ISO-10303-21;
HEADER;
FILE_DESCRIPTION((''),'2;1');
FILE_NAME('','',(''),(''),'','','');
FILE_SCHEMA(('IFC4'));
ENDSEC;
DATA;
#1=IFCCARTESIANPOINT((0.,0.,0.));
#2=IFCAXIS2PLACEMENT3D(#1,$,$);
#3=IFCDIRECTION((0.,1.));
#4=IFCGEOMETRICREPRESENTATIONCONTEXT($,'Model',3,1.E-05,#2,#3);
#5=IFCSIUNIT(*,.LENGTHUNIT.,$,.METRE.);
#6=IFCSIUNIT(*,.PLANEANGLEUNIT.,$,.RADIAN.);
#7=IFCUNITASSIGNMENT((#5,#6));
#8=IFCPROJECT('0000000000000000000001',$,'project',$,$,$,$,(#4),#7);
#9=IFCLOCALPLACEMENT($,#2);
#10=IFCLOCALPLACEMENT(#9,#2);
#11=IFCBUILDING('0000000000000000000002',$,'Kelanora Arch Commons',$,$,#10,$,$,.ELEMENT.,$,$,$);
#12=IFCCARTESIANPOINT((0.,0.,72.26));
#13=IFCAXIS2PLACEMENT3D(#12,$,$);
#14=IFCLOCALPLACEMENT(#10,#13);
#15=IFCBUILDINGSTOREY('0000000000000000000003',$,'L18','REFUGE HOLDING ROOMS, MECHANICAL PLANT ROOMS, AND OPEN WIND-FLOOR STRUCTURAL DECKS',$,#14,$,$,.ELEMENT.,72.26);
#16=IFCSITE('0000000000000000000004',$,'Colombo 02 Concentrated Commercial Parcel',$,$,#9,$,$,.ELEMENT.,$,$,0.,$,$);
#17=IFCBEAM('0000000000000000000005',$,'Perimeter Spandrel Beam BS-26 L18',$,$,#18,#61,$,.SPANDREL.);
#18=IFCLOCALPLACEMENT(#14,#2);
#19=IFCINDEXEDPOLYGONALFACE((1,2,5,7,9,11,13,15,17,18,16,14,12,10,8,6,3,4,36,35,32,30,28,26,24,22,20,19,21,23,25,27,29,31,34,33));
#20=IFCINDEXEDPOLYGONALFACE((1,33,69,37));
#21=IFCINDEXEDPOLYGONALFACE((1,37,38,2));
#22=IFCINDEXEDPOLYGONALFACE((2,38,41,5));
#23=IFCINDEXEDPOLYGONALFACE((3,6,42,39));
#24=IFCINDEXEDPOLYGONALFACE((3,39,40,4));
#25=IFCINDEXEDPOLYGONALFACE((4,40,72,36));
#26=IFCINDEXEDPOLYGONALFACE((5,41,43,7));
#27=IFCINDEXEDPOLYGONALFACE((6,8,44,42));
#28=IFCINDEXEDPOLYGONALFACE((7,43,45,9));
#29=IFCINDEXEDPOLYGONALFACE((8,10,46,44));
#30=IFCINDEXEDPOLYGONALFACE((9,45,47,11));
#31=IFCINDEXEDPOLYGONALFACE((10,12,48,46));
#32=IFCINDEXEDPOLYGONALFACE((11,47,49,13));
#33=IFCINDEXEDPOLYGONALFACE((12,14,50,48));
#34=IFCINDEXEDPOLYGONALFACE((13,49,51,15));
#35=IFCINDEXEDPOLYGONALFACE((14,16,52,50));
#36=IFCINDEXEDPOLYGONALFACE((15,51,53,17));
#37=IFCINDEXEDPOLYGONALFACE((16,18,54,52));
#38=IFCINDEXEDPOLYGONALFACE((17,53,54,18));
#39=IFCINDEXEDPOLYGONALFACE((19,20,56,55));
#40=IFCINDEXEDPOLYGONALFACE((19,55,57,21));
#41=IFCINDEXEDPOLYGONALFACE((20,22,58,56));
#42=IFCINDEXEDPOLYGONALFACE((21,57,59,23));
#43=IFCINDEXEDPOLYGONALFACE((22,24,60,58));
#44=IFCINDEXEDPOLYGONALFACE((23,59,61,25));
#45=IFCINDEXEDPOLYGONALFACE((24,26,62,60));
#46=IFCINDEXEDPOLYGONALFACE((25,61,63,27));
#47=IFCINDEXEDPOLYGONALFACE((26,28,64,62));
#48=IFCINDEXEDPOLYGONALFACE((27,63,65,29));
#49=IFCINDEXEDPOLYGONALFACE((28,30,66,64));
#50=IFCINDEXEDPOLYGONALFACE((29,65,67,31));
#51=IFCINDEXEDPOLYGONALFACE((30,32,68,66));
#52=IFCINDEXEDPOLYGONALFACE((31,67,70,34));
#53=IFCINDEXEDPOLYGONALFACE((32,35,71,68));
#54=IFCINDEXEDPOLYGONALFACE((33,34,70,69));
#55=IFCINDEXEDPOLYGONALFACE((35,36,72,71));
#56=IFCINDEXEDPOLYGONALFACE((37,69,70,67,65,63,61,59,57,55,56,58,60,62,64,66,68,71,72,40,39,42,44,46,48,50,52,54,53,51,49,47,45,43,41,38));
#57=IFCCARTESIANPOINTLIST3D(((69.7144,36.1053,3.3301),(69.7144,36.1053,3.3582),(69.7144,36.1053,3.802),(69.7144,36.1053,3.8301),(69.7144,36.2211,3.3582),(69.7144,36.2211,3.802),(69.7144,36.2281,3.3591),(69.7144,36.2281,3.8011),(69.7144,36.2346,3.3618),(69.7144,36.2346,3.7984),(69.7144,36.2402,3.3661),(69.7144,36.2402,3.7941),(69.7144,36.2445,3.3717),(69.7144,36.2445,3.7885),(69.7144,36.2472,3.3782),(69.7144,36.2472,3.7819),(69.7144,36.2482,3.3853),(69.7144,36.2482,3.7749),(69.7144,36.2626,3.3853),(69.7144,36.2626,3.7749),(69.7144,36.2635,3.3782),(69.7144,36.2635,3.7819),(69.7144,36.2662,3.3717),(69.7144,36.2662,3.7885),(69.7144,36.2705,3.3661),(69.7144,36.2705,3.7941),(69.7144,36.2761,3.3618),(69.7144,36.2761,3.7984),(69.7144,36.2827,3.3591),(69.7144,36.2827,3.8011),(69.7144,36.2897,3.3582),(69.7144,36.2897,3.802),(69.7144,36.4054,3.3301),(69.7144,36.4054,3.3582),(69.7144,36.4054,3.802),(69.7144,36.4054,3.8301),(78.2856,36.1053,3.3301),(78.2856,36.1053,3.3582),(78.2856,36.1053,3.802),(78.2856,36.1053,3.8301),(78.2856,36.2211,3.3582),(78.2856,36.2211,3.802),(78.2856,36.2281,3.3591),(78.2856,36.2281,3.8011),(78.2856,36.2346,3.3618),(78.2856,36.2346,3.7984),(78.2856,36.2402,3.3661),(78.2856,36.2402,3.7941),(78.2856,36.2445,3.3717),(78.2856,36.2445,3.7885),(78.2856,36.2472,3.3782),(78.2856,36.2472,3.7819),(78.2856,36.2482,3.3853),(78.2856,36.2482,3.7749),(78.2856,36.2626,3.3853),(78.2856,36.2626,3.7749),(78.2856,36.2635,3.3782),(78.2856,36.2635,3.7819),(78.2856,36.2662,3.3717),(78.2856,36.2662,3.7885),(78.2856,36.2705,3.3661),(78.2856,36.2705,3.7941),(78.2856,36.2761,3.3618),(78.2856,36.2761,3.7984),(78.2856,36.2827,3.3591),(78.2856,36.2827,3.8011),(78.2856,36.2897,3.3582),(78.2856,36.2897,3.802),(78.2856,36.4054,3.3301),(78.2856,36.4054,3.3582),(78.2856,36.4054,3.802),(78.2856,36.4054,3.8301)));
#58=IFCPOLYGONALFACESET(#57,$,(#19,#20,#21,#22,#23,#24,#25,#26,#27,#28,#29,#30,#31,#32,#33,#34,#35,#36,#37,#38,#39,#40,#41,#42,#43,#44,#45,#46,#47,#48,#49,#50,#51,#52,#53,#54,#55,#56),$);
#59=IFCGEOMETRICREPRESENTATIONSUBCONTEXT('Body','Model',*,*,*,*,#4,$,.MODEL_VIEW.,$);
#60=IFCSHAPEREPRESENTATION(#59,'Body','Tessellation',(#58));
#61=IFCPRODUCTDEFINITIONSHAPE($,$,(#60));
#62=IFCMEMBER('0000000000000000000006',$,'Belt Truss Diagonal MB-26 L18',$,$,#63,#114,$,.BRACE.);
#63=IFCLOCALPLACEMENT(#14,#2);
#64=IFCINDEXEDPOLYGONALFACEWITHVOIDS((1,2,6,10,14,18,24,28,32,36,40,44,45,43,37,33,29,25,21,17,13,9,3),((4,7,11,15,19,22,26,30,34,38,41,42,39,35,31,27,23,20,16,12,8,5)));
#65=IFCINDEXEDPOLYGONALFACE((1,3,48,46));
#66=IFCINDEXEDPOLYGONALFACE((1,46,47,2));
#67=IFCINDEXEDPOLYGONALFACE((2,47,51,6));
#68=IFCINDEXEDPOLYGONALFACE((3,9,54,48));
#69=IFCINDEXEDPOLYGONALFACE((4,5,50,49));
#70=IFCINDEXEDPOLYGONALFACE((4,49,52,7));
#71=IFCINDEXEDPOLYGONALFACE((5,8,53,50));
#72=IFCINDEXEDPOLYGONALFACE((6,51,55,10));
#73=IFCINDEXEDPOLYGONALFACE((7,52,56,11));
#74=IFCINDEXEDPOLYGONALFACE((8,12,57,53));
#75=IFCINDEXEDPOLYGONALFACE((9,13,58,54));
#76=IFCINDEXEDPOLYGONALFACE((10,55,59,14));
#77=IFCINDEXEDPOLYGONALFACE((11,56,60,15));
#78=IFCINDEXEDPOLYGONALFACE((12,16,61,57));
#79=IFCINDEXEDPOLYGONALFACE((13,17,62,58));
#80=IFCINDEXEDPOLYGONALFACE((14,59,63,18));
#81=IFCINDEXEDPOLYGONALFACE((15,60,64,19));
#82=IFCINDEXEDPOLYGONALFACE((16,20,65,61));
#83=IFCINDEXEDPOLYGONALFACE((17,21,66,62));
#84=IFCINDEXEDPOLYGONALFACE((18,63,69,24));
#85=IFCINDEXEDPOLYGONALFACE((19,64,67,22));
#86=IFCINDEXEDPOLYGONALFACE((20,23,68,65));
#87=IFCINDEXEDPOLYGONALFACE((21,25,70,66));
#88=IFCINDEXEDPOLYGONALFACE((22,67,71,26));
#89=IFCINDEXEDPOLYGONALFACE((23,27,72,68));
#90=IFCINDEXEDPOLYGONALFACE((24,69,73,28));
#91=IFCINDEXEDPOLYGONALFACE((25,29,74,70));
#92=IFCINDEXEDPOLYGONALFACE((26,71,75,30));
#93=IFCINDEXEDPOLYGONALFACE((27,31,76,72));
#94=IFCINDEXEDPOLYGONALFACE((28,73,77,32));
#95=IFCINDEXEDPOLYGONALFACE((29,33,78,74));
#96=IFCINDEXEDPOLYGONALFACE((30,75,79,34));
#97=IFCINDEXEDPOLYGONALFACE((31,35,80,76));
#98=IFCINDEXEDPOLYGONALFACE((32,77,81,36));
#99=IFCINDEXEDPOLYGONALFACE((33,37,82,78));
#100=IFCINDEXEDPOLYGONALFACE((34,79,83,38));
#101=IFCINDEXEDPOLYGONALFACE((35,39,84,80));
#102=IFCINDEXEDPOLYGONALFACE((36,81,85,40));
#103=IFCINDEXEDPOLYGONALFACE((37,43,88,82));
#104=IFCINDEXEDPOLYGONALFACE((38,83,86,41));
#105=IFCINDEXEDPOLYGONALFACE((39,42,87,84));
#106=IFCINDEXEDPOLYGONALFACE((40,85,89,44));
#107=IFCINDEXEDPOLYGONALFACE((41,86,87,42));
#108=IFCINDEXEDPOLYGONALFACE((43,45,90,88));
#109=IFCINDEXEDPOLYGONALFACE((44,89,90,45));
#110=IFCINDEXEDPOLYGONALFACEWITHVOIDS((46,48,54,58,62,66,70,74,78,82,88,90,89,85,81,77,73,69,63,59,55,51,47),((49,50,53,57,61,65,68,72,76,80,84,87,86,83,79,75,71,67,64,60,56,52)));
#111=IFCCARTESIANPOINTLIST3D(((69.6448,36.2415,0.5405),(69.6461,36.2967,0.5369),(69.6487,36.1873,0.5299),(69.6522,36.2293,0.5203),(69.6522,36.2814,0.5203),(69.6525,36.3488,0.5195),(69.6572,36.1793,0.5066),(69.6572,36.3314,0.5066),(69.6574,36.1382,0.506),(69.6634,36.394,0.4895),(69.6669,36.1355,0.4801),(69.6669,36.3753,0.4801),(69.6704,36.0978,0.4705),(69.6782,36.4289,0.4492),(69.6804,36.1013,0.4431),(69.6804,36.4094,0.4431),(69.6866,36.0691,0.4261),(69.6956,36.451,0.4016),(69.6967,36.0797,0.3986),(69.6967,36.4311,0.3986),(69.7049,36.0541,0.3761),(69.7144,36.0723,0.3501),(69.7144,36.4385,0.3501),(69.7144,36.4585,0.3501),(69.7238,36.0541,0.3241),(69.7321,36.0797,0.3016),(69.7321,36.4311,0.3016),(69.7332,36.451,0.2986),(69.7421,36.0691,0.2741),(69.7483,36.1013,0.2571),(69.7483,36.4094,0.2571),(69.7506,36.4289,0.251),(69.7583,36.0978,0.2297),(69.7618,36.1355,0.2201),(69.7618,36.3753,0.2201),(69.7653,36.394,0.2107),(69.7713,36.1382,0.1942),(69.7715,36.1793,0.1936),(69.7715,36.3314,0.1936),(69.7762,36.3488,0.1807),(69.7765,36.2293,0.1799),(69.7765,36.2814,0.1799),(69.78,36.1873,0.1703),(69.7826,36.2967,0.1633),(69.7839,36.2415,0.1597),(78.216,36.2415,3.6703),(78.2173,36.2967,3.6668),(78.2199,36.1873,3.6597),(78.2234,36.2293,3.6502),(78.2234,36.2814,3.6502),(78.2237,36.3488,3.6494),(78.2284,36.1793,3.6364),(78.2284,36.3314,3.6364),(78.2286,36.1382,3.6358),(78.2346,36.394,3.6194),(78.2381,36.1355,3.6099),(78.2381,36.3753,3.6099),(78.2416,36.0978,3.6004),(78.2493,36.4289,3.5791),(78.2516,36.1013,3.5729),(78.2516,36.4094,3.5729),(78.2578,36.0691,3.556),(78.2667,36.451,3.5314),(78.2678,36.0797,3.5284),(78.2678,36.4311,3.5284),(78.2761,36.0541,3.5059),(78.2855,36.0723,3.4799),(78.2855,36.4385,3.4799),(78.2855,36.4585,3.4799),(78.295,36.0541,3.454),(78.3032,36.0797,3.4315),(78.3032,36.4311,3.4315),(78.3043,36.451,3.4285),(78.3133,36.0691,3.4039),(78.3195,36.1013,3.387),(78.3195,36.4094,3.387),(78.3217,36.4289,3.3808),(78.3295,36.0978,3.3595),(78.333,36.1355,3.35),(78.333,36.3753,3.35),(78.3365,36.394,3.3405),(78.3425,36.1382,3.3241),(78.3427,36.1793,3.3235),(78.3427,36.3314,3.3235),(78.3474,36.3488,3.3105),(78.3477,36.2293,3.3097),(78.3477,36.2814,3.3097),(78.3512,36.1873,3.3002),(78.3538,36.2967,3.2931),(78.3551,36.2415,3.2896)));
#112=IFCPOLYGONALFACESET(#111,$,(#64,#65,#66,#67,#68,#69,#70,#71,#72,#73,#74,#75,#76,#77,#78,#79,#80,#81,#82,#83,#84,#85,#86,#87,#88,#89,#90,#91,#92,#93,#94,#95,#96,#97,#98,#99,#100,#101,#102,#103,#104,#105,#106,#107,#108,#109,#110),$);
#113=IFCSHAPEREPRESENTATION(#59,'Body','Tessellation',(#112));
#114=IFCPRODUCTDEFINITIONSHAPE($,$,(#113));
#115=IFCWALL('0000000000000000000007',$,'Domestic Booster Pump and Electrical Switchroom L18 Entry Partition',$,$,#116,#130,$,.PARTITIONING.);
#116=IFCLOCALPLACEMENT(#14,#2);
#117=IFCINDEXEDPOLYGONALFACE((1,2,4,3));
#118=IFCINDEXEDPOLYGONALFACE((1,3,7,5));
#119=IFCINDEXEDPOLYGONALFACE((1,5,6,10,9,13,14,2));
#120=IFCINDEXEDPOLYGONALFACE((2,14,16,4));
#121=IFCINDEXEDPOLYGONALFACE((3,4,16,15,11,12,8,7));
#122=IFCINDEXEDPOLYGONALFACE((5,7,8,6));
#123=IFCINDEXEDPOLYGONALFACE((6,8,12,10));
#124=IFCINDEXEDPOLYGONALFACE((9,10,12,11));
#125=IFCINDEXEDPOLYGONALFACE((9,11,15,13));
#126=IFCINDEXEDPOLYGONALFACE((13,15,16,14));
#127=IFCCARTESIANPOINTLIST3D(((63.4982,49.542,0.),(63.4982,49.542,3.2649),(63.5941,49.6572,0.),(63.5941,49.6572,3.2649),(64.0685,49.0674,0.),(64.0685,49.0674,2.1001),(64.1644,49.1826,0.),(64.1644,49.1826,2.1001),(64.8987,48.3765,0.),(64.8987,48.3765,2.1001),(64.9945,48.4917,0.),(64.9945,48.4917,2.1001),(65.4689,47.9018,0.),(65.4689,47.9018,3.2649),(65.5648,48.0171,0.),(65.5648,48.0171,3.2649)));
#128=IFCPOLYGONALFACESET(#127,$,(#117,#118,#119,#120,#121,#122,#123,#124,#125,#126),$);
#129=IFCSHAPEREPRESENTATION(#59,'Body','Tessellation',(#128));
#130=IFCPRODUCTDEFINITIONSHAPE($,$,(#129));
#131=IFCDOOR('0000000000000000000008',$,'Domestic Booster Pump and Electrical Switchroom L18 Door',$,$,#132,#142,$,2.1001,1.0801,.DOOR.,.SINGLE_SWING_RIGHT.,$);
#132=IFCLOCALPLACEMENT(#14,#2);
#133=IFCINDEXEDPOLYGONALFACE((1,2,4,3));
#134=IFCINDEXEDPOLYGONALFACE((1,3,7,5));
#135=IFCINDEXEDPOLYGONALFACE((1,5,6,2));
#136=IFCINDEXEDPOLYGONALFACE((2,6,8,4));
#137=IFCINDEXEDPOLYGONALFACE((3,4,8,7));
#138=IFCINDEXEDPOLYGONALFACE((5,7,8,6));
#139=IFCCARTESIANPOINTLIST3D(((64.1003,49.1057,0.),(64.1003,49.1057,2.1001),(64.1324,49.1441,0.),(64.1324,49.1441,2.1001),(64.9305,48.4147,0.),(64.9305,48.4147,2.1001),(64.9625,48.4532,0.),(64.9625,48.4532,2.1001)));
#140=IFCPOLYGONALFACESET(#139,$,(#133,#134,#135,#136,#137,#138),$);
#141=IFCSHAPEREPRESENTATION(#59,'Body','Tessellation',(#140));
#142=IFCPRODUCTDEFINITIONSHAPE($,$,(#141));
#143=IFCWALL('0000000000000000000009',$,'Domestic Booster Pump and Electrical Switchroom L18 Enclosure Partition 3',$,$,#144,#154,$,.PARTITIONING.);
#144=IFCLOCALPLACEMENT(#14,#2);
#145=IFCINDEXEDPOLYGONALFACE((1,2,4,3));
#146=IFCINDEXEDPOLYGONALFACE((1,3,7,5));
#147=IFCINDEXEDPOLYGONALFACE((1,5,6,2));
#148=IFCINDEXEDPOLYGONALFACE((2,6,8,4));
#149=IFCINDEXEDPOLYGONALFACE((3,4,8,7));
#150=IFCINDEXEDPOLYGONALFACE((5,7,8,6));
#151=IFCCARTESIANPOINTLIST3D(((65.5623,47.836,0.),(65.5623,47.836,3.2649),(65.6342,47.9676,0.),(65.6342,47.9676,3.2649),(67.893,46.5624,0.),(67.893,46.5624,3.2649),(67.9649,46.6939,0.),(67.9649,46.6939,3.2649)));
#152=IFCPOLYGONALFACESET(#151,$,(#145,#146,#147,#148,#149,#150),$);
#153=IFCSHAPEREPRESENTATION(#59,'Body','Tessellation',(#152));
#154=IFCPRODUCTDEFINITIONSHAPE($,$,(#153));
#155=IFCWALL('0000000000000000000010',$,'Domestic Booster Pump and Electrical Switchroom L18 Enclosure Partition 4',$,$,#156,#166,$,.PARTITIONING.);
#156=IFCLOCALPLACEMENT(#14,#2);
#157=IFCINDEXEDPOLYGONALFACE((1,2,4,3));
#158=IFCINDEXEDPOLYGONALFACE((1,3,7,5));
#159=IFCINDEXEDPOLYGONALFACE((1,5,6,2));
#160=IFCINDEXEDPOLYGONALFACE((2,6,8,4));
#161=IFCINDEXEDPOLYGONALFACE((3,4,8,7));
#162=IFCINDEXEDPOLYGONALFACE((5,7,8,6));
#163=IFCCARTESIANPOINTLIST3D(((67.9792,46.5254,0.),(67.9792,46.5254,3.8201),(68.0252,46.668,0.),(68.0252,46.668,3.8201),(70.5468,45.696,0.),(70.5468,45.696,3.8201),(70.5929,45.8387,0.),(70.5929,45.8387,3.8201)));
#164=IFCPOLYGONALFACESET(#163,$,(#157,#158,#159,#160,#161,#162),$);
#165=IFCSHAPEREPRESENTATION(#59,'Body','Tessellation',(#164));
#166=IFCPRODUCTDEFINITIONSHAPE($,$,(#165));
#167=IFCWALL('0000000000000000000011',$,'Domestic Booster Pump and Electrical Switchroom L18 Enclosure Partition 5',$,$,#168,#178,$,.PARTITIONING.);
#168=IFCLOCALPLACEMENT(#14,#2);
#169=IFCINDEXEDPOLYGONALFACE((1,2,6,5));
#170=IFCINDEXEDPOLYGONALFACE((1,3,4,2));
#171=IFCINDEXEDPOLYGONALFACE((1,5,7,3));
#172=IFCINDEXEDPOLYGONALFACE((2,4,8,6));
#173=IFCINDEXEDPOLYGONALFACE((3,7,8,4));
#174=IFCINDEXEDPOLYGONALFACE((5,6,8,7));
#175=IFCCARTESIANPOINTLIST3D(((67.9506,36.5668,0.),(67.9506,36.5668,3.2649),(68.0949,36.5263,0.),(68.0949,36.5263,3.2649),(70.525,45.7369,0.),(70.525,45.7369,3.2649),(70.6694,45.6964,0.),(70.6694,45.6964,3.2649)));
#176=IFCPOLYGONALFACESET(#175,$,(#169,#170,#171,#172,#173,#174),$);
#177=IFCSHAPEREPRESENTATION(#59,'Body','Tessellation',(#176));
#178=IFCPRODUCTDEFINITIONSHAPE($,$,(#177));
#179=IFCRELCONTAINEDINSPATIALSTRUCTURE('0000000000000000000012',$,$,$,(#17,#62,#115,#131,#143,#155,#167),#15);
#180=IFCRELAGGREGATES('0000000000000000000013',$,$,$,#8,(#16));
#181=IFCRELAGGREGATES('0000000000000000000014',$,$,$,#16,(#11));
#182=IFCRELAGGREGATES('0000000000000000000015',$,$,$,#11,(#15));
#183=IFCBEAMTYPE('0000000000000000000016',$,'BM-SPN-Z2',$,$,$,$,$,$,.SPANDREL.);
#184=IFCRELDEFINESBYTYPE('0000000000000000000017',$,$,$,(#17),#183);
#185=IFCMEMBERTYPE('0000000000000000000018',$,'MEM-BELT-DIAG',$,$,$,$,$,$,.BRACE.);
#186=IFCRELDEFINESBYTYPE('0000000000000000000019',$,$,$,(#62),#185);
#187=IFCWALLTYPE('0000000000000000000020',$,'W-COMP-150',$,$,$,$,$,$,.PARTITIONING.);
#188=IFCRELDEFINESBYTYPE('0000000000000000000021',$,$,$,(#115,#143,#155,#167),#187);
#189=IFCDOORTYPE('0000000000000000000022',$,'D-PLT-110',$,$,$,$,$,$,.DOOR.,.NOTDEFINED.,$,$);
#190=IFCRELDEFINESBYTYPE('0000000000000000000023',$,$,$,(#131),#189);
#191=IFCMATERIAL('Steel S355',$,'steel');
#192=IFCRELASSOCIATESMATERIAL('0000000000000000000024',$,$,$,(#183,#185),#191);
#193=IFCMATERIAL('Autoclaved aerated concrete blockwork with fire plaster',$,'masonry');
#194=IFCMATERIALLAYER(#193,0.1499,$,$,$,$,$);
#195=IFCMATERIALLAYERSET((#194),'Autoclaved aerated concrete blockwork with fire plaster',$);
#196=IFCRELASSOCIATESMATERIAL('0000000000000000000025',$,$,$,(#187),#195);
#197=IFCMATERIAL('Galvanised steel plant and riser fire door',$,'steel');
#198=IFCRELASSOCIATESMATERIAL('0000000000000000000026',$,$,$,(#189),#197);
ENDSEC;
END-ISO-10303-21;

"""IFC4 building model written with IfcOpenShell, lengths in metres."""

from ifc_helpers import new_model, si_unit, direction, frame, frame_2d, origin, origin_2d, place, context, subcontext, project, spatial, rectangle, hollow_circle, i_section, extrude, material, layer, layer_set, material_profile, profile_set, type_object, element, fill, save


model = new_model("IFC4")

# Units and contexts
model_context = context("Model", 3, precision=1e-05, world=origin(), true_north=direction((0.0, 1.0)))
body_context = subcontext(model_context, "Body", "Model", "MODEL_VIEW")
ifc_project = project(units=[si_unit("LENGTHUNIT", "METRE"), si_unit("PLANEANGLEUNIT", "RADIAN")], contexts=[model_context])

# Site, building, storey
site_placement = place(None, origin())
site = spatial("IfcSite", under=ifc_project, at=site_placement, Name="Colombo 02 Concentrated Commercial Parcel", CompositionType="ELEMENT", RefElevation=0.0)
building_placement = place(site_placement, origin())
building = spatial("IfcBuilding", under=site, at=building_placement, Name="Kelanora Arch Commons", CompositionType="ELEMENT")
storey_placement = place(building_placement, frame((0.0, 0.0, 72.26)))
storey = spatial("IfcBuildingStorey", under=building, at=storey_placement, Name="L18", Description="REFUGE HOLDING ROOMS, MECHANICAL PLANT ROOMS, AND OPEN WIND-FLOOR STRUCTURAL DECKS", CompositionType="ELEMENT", Elevation=72.26)

# Beam
ifc_material_1 = material(Name="Steel S355", Category="steel")
ifc_material_profile_1 = material_profile(ifc_material_1, i_section(OverallWidth=0.3, OverallDepth=0.5, WebThickness=0.0144, FlangeThickness=0.0281, FilletRadius=0.0271, at=origin_2d()), Name="HEB500")
ifc_profile_set_1 = profile_set([ifc_material_profile_1], Name="Steel S355")
beam_type_1 = type_object("IfcBeamType", Name="BM-SPN-Z2", PredefinedType="SPANDREL", material=ifc_profile_set_1)
beam_1_placement = place(storey_placement, frame((69.7144, 36.2554, 3.5801), z_axis=(1.0, 0.0, 0.0), x_axis=(0.0, 1.0, 0.0)))
element("IfcBeam", 1, at=beam_1_placement, inside=storey, type_object=beam_type_1, Name="Perimeter Spandrel Beam BS-26 L18", PredefinedType="SPANDREL", context=body_context, shape_type="SweptSolid", body=[
    extrude(i_section(OverallWidth=0.3, OverallDepth=0.5, WebThickness=0.0144, FlangeThickness=0.0281, FilletRadius=0.0271, at=origin_2d()), origin(), (0.0, 0.0, 1.0), 8.5713),
])

# Member
ifc_material_profile_2 = material_profile(ifc_material_1, hollow_circle(Radius=0.2031, WallThickness=0.02, at=origin_2d()), Name="CHS406.4x20")
ifc_profile_set_2 = profile_set([ifc_material_profile_2], Name="Steel S355")
member_type = type_object("IfcMemberType", Name="MEM-BELT-DIAG", PredefinedType="BRACE", material=ifc_profile_set_2)
member_placement = place(storey_placement, frame((69.7144, 36.2554, 0.3501), z_axis=(0.939333, 0.0, 0.343006), x_axis=(0.0, 1.0, 0.0)))
element("IfcMember", 2, at=member_placement, inside=storey, type_object=member_type, Name="Belt Truss Diagonal MB-26 L18", PredefinedType="BRACE", context=body_context, shape_type="SweptSolid", body=[
    extrude(hollow_circle(Radius=0.2031, WallThickness=0.02, at=origin_2d()), origin(), (0.0, 0.0, 1.0), 9.1248),
])

# Wall, opening, door
ifc_material_2 = material(Name="Autoclaved aerated concrete blockwork with fire plaster", Category="masonry")
ifc_layer_1 = layer(ifc_material_2, 0.1499)
ifc_layer_set_1 = layer_set([ifc_layer_1], Name="Autoclaved aerated concrete blockwork with fire plaster")
wall_type_1 = type_object("IfcWallType", Name="W-COMP-150", PredefinedType="PARTITIONING", material=ifc_layer_set_1)
wall_1_placement = place(storey_placement, frame((63.5461, 49.5996, 0.0), z_axis=(0.0, 0.0, 1.0), x_axis=(0.768627, -0.639697, 0.0)))
wall_1 = element("IfcWall", 3, at=wall_1_placement, inside=storey, type_object=wall_type_1, Name="Domestic Booster Pump and Electrical Switchroom L18 Entry Partition", PredefinedType="PARTITIONING", context=body_context, shape_type="SweptSolid", body=[
    extrude(rectangle(XDim=2.564, YDim=0.1499, at=frame_2d((1.282, 0.0))), origin(), (0.0, 0.0, 1.0), 3.2649),
])
opening_placement = place(wall_1_placement, frame((0.7419, 0.0, 0.0)))
opening = element("IfcOpeningElement", 4, at=opening_placement, cuts=wall_1, PredefinedType="OPENING", context=body_context, shape_type="SweptSolid", body=[
    extrude(rectangle(XDim=1.0801, YDim=2.1001, at=frame_2d((0.54, 1.05))), frame((0.0, 0.085, 0.0), z_axis=(0.0, -1.0, 0.0), x_axis=(1.0, 0.0, 0.0)), (0.0, 0.0, 1.0), 0.1699),
])
ifc_material_3 = material(Name="Galvanised steel plant and riser fire door", Category="steel")
door_type = type_object("IfcDoorType", Name="D-PLT-110", OperationType="NOTDEFINED", PredefinedType="DOOR", material=ifc_material_3)
door_placement = place(opening_placement, origin())
door = element("IfcDoor", 5, at=door_placement, inside=storey, type_object=door_type, Name="Domestic Booster Pump and Electrical Switchroom L18 Door", OperationType="SINGLE_SWING_RIGHT", OverallHeight=2.1001, OverallWidth=1.0801, PredefinedType="DOOR", context=body_context, shape_type="SweptSolid", body=[
    extrude(rectangle(XDim=1.0801, YDim=2.1001, at=frame_2d((0.54, 1.05))), frame((0.0, 0.0249, 0.0), z_axis=(0.0, -1.0, 0.0), x_axis=(1.0, 0.0, 0.0)), (0.0, 0.0, 1.0), 0.05),
])
fill(opening, door)

# Walls
wall_2_placement = place(storey_placement, frame((65.5981, 47.9019, 0.0), z_axis=(0.0, 0.0, 1.0), x_axis=(0.877526, -0.479528, 0.0)))
element("IfcWall", 6, at=wall_2_placement, inside=storey, type_object=wall_type_1, Name="Domestic Booster Pump and Electrical Switchroom L18 Enclosure Partition 3", PredefinedType="PARTITIONING", context=body_context, shape_type="SweptSolid", body=[
    extrude(rectangle(XDim=2.656, YDim=0.1499, at=frame_2d((1.3281, 0.0))), origin(), (0.0, 0.0, 1.0), 3.2649),
])
wall_3_placement = place(storey_placement, frame((68.0022, 46.5967, 0.0), z_axis=(0.0, 0.0, 1.0), x_axis=(0.951592, -0.307365, 0.0)))
element("IfcWall", 7, at=wall_3_placement, inside=storey, type_object=wall_type_1, Name="Domestic Booster Pump and Electrical Switchroom L18 Enclosure Partition 4", PredefinedType="PARTITIONING", context=body_context, shape_type="SweptSolid", body=[
    extrude(rectangle(XDim=2.6982, YDim=0.1499, at=frame_2d((1.3491, 0.0))), origin(), (0.0, 0.0, 1.0), 3.8201),
])
wall_4_placement = place(storey_placement, frame((70.5972, 45.7166, 0.0), z_axis=(0.0, 0.0, 1.0), x_axis=(-0.270293, -0.962778, 0.0)))
element("IfcWall", 8, at=wall_4_placement, inside=storey, type_object=wall_type_1, Name="Domestic Booster Pump and Electrical Switchroom L18 Enclosure Partition 5", PredefinedType="PARTITIONING", context=body_context, shape_type="SweptSolid", body=[
    extrude(rectangle(XDim=9.5247, YDim=0.1499, at=frame_2d((4.7622, 0.0))), origin(), (0.0, 0.0, 1.0), 3.2649),
])

save(model, "model.ifc")
